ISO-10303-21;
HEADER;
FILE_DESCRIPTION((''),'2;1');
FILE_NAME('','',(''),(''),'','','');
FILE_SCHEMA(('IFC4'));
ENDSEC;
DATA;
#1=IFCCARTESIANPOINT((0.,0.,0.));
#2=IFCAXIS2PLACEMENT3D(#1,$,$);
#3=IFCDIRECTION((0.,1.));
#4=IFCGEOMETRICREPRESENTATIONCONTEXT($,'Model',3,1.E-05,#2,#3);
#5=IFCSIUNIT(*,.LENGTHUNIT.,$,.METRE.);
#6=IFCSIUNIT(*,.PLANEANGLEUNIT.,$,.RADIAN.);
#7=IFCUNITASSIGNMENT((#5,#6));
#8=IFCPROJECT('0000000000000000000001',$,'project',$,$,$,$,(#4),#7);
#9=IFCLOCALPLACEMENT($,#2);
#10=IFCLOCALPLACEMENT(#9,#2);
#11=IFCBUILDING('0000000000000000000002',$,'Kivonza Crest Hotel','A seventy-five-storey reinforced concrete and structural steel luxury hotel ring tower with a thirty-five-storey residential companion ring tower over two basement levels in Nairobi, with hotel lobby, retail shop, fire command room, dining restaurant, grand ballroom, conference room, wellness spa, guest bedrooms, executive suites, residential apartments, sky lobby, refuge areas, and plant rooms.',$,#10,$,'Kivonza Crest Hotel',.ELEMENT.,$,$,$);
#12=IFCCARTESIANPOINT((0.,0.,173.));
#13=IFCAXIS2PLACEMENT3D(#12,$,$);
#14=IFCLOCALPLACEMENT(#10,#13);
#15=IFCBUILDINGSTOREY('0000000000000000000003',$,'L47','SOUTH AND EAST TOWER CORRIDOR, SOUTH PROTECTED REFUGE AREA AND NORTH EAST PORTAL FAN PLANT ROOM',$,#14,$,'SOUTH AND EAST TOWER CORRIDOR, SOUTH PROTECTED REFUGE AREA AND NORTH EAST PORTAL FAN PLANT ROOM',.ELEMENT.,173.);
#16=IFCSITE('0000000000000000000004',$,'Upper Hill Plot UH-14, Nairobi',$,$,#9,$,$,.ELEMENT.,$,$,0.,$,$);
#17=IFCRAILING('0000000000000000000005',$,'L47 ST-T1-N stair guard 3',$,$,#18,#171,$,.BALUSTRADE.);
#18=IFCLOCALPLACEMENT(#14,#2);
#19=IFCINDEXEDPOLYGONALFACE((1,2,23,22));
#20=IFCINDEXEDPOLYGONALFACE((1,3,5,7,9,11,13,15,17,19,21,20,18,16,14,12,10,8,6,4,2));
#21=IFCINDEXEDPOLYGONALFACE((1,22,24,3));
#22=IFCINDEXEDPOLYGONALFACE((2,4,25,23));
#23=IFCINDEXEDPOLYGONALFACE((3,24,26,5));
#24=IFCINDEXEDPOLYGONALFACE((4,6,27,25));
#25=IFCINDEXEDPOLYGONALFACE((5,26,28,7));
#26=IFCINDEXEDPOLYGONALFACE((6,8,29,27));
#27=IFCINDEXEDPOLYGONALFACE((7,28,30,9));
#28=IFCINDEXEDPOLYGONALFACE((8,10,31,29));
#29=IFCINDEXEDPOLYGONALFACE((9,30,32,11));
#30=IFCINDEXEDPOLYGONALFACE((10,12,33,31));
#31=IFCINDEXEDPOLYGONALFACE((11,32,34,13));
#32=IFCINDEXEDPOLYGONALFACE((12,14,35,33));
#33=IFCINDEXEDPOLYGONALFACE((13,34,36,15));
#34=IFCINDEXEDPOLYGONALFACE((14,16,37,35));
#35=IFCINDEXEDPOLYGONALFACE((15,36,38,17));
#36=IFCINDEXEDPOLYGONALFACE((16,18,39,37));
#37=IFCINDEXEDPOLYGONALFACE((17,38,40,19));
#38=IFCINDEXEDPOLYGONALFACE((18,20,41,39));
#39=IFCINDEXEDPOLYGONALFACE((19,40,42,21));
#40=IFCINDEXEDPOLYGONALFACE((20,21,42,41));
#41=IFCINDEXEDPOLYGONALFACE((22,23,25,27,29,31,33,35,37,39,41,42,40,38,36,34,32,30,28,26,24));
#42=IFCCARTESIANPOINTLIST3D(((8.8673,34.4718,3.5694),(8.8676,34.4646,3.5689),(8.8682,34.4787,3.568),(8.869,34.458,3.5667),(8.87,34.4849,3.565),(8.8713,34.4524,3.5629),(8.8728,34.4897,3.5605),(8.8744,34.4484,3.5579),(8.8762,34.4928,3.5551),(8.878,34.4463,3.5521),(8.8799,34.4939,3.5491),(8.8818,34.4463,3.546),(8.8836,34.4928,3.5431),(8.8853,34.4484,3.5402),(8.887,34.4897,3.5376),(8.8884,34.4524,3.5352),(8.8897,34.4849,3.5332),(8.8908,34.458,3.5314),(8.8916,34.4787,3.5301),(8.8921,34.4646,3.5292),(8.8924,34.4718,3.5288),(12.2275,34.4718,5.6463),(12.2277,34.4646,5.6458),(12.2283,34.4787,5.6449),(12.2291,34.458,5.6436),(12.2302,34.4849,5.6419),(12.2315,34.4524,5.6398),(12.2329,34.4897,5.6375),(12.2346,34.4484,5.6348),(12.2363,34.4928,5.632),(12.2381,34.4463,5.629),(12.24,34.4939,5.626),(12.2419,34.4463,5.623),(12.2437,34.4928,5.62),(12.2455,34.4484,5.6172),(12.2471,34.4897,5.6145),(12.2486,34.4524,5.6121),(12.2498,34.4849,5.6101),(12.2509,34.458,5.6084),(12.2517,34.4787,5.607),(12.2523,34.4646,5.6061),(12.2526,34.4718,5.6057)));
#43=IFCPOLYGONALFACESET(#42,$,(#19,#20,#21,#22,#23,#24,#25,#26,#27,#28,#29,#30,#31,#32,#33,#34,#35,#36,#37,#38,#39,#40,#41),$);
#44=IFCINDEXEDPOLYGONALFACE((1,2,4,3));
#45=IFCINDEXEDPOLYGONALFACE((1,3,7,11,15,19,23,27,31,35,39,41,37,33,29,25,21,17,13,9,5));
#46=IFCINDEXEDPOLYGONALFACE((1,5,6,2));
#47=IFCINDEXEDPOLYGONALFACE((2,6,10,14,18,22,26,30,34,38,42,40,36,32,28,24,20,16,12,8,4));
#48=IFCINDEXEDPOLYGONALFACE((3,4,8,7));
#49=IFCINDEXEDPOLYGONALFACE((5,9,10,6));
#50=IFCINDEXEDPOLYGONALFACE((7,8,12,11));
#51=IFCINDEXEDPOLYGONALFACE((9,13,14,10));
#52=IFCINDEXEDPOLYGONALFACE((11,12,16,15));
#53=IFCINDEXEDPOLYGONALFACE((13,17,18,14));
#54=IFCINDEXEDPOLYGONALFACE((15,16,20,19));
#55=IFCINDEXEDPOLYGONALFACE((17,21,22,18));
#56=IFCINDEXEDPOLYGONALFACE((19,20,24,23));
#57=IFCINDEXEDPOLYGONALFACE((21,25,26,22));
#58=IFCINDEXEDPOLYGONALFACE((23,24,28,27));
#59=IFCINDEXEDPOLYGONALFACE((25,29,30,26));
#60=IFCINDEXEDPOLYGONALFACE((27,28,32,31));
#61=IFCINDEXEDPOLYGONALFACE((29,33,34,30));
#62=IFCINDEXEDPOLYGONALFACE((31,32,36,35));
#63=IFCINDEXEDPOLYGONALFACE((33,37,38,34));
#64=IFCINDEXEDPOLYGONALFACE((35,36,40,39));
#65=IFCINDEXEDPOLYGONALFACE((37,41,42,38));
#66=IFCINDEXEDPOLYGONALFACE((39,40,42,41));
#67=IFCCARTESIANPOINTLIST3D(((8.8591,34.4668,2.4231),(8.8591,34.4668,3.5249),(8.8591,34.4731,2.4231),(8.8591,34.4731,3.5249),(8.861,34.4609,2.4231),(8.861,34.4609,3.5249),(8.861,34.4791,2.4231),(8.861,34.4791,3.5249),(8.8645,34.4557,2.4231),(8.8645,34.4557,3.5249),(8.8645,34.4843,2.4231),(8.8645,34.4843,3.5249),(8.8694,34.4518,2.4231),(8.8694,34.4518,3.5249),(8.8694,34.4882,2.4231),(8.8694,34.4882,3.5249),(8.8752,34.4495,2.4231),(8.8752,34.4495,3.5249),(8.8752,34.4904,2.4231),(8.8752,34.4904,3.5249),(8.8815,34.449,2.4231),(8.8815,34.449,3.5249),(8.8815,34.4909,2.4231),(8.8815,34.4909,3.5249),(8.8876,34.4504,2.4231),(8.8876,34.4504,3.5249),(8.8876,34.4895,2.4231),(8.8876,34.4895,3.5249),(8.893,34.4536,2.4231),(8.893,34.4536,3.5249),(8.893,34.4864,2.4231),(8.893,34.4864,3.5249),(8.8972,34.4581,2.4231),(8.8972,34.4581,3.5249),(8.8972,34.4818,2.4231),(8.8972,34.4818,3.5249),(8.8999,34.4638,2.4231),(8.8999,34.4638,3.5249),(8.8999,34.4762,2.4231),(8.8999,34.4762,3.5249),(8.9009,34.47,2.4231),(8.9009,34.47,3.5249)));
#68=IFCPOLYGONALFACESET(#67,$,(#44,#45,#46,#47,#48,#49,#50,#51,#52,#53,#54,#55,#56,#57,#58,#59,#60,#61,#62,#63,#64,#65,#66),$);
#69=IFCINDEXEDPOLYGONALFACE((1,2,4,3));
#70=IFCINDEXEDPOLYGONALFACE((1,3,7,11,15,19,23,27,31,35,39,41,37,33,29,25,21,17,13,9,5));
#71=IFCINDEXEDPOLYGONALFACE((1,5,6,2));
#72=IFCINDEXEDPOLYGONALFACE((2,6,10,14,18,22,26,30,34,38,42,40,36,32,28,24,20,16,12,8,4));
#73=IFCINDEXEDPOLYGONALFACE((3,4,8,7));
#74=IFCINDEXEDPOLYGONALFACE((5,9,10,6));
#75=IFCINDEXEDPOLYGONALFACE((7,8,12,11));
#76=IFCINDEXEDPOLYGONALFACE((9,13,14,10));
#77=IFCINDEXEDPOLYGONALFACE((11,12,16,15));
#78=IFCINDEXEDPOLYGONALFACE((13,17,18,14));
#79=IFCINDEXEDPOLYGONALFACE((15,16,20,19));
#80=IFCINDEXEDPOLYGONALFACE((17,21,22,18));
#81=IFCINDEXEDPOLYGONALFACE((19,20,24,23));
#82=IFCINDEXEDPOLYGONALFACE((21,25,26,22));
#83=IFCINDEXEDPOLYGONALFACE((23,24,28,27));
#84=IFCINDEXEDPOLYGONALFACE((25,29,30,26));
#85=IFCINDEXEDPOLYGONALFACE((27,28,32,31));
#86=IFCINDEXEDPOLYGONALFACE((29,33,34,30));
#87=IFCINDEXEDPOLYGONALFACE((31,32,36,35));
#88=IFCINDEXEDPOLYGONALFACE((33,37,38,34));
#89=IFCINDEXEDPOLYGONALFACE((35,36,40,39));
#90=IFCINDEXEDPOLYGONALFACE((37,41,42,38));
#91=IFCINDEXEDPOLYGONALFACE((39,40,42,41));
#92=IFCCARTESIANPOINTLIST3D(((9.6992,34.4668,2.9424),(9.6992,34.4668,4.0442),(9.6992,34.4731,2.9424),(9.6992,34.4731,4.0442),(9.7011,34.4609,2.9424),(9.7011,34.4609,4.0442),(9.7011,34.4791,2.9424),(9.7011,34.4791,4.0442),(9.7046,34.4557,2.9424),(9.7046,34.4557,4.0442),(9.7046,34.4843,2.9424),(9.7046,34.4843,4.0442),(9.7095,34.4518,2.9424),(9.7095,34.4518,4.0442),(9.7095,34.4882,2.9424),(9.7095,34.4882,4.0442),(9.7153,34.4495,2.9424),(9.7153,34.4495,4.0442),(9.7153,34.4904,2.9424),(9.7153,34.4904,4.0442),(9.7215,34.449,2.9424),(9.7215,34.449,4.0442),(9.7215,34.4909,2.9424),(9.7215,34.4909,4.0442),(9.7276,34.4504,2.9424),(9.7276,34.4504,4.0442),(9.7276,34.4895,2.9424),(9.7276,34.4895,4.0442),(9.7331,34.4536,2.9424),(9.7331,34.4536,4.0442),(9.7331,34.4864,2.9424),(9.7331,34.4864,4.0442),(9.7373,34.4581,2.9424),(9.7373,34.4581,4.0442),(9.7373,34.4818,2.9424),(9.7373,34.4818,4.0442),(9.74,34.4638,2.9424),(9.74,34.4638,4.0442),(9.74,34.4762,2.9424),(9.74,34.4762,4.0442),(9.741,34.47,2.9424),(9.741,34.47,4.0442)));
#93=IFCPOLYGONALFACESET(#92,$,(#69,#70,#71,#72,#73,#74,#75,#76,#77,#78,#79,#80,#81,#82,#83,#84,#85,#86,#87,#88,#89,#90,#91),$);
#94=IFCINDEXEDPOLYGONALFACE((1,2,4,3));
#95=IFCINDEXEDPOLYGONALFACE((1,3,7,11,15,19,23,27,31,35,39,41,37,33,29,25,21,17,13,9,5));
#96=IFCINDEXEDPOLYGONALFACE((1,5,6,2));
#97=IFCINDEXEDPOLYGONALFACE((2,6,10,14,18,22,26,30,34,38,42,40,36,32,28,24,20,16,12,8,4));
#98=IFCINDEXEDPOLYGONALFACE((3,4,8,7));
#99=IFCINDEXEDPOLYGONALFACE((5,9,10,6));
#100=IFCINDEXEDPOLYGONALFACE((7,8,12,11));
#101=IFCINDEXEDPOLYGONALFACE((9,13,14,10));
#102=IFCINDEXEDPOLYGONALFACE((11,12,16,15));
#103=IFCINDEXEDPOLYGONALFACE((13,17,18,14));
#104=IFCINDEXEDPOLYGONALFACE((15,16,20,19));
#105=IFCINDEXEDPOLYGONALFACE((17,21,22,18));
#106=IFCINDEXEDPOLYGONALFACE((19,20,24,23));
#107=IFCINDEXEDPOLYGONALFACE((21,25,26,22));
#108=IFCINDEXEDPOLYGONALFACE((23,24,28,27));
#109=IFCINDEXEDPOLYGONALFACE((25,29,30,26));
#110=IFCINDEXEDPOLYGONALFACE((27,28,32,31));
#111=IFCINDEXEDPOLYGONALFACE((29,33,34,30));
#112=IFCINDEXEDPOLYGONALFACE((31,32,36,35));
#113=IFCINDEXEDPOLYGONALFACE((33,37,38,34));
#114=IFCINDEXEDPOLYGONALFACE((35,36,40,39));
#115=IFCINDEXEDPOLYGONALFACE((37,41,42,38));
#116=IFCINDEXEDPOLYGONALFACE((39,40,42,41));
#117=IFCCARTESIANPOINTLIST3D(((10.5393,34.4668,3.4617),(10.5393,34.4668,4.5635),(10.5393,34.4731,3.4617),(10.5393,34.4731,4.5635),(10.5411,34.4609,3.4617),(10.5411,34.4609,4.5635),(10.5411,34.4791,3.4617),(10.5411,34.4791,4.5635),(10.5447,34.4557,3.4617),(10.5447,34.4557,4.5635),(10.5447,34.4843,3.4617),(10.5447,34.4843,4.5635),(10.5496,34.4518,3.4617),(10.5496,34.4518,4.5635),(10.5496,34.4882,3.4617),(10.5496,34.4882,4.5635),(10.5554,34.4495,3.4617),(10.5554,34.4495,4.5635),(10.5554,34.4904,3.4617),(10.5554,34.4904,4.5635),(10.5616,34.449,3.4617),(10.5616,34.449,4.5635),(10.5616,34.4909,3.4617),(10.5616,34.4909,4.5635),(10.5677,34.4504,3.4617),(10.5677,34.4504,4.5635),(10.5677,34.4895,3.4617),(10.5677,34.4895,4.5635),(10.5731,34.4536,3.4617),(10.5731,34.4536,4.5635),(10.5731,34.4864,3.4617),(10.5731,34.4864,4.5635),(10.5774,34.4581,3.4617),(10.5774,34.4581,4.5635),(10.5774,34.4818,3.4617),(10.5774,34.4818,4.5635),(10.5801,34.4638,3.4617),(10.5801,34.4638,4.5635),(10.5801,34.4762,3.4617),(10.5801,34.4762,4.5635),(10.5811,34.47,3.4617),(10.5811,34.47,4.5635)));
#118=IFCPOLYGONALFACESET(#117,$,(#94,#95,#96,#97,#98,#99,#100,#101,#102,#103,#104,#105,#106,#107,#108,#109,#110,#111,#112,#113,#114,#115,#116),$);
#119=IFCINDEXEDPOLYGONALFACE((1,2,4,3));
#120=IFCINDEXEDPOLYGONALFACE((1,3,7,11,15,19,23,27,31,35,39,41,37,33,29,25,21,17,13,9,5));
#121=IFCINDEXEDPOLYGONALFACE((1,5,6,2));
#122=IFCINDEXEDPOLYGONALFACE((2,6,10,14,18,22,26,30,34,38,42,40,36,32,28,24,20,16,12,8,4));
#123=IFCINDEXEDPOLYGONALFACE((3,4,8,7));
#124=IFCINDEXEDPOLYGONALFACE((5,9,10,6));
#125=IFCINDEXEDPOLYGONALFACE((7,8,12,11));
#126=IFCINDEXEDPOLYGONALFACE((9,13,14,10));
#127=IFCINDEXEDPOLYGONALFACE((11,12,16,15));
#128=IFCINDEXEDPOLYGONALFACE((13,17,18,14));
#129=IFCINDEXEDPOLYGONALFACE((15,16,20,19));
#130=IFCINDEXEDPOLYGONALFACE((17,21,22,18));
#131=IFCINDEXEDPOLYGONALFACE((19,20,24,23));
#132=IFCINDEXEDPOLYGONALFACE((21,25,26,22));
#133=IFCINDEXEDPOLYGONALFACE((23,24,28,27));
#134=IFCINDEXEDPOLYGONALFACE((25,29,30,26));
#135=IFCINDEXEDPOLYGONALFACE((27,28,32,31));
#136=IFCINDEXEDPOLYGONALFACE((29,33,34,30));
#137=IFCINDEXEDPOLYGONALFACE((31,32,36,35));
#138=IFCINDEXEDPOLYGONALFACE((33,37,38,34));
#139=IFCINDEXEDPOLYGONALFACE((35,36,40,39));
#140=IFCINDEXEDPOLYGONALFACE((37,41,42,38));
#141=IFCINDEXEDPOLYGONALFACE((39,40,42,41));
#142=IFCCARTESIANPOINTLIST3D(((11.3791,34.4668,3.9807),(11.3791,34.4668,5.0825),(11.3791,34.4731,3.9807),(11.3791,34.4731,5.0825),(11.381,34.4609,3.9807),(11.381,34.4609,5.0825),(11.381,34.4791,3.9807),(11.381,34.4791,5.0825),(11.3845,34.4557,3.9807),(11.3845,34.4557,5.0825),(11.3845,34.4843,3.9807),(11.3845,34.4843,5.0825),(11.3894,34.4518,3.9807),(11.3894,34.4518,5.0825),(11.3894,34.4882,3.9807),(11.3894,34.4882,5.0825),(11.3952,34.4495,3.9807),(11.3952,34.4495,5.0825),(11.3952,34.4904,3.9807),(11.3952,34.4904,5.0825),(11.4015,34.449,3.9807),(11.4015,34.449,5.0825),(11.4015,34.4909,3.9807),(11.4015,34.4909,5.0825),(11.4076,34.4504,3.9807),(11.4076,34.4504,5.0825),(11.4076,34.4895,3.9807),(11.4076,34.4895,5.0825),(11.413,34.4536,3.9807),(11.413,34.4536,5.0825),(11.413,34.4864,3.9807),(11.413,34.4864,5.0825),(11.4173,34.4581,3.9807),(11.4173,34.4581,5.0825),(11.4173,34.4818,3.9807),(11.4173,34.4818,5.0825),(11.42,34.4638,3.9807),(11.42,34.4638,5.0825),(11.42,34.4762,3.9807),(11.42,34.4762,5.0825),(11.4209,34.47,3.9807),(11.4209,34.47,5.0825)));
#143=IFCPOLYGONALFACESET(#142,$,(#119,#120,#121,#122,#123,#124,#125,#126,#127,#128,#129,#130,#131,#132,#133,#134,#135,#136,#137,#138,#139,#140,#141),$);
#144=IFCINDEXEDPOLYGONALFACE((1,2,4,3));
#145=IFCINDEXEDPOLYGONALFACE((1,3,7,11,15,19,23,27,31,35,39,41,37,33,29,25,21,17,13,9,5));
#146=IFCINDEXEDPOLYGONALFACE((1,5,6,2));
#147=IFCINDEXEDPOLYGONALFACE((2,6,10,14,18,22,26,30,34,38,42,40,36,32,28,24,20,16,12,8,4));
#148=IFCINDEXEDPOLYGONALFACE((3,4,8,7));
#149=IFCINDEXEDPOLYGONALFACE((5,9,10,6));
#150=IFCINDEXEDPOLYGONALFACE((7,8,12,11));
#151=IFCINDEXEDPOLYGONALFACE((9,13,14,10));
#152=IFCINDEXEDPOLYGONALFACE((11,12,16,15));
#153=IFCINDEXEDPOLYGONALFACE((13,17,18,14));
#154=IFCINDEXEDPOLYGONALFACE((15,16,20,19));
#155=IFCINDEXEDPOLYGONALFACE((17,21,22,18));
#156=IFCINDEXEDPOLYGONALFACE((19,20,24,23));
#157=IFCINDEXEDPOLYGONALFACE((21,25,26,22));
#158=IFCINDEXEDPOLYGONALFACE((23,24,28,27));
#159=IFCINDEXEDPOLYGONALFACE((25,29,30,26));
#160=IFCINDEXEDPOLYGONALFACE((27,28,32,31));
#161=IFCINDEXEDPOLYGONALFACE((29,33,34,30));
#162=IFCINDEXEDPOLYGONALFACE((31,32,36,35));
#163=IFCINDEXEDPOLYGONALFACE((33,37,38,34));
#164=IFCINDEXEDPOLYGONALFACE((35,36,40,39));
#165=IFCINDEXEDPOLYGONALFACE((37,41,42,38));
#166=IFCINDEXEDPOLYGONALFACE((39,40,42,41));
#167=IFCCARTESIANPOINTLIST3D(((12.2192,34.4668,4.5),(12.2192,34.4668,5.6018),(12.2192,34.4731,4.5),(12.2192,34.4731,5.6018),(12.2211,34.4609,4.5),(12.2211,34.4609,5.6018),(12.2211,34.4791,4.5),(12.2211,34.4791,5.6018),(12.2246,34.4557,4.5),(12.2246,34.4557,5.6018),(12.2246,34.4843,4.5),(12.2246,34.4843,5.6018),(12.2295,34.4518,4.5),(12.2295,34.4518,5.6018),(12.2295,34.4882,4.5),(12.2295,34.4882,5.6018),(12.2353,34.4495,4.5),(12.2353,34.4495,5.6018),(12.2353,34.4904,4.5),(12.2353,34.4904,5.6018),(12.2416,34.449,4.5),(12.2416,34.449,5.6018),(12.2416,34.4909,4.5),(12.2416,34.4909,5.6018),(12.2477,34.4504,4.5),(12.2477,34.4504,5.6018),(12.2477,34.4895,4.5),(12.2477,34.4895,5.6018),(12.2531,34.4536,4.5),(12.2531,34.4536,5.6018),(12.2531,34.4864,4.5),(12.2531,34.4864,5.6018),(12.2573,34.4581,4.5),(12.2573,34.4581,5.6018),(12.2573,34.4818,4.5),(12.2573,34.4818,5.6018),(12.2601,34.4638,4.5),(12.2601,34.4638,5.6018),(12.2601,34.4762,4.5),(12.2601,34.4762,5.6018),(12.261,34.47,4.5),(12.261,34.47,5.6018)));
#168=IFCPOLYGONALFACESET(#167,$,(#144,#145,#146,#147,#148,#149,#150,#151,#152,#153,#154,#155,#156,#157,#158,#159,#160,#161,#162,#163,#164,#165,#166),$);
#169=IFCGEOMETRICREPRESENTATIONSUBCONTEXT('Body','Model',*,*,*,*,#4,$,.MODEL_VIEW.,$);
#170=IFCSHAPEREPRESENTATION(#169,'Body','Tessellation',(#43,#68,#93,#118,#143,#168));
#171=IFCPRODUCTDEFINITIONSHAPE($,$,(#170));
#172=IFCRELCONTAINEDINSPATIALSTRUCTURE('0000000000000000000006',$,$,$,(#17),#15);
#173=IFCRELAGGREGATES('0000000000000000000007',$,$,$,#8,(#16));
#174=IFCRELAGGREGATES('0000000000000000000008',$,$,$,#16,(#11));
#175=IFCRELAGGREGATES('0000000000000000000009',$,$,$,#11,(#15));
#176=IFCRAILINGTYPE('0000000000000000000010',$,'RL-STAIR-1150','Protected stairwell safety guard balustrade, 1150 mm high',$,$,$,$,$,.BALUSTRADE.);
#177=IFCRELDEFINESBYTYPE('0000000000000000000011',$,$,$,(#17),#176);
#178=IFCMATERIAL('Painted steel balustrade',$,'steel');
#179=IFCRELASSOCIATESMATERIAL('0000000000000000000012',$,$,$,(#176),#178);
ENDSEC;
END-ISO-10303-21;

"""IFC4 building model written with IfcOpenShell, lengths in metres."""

from ifc_helpers import new_model, si_unit, direction, frame, origin, origin_2d, place, context, subcontext, project, spatial, circle, extrude, material, type_object, element, save


model = new_model("IFC4")

# Units and contexts
model_context = context("Model", 3, precision=1e-05, world=origin(), true_north=direction((0.0, 1.0)))
body_context = subcontext(model_context, "Body", "Model", "MODEL_VIEW")
ifc_project = project(units=[si_unit("LENGTHUNIT", "METRE"), si_unit("PLANEANGLEUNIT", "RADIAN")], contexts=[model_context])

# Site, building, storey
site_placement = place(None, origin())
site = spatial("IfcSite", under=ifc_project, at=site_placement, Name="Upper Hill Plot UH-14, Nairobi", CompositionType="ELEMENT", RefElevation=0.0)
building_placement = place(site_placement, origin())
building = spatial("IfcBuilding", under=site, at=building_placement, Name="Kivonza Crest Hotel", Description="A seventy-five-storey reinforced concrete and structural steel luxury hotel ring tower with a thirty-five-storey residential companion ring tower over two basement levels in Nairobi, with hotel lobby, retail shop, fire command room, dining restaurant, grand ballroom, conference room, wellness spa, guest bedrooms, executive suites, residential apartments, sky lobby, refuge areas, and plant rooms.", LongName="Kivonza Crest Hotel", CompositionType="ELEMENT")
storey_placement = place(building_placement, frame((0.0, 0.0, 173.0)))
storey = spatial("IfcBuildingStorey", under=building, at=storey_placement, Name="L47", Description="SOUTH AND EAST TOWER CORRIDOR, SOUTH PROTECTED REFUGE AREA AND NORTH EAST PORTAL FAN PLANT ROOM", LongName="SOUTH AND EAST TOWER CORRIDOR, SOUTH PROTECTED REFUGE AREA AND NORTH EAST PORTAL FAN PLANT ROOM", CompositionType="ELEMENT", Elevation=173.0)

# Railing
ifc_material_1 = material(Name="Painted steel balustrade", Category="steel")
railing_type_1 = type_object("IfcRailingType", Name="RL-STAIR-1150", Description="Protected stairwell safety guard balustrade, 1150 mm high", PredefinedType="BALUSTRADE", material=ifc_material_1)
railing_1_placement = place(storey_placement, frame((8.8799, 34.47, 2.4231)))
element("IfcRailing", 1, at=railing_1_placement, inside=storey, type_object=railing_type_1, Name="L47 ST-T1-N stair guard 3", PredefinedType="BALUSTRADE", context=body_context, shape_type="SweptSolid", body=[
    extrude(circle(Radius=0.0239, at=origin_2d()), frame((0.0, 0.0, 1.126), z_axis=(0.850623, 0.0, 0.525776), x_axis=(0.0, 1.0, 0.0)), (0.0, 0.0, 1.0), 3.9502),
    extrude(circle(Radius=0.021, at=origin_2d()), origin(), (0.0, 0.0, 1.0), 1.1018),
    extrude(circle(Radius=0.021, at=origin_2d()), frame((0.8401, 0.0, 0.5193)), (0.0, 0.0, 1.0), 1.1018),
    extrude(circle(Radius=0.021, at=origin_2d()), frame((1.6802, 0.0, 1.0386)), (0.0, 0.0, 1.0), 1.1018),
    extrude(circle(Radius=0.021, at=origin_2d()), frame((2.52, 0.0, 1.5576)), (0.0, 0.0, 1.0), 1.1018),
    extrude(circle(Radius=0.021, at=origin_2d()), frame((3.3601, 0.0, 2.0769)), (0.0, 0.0, 1.0), 1.1018),
])

save(model, "model.ifc")
